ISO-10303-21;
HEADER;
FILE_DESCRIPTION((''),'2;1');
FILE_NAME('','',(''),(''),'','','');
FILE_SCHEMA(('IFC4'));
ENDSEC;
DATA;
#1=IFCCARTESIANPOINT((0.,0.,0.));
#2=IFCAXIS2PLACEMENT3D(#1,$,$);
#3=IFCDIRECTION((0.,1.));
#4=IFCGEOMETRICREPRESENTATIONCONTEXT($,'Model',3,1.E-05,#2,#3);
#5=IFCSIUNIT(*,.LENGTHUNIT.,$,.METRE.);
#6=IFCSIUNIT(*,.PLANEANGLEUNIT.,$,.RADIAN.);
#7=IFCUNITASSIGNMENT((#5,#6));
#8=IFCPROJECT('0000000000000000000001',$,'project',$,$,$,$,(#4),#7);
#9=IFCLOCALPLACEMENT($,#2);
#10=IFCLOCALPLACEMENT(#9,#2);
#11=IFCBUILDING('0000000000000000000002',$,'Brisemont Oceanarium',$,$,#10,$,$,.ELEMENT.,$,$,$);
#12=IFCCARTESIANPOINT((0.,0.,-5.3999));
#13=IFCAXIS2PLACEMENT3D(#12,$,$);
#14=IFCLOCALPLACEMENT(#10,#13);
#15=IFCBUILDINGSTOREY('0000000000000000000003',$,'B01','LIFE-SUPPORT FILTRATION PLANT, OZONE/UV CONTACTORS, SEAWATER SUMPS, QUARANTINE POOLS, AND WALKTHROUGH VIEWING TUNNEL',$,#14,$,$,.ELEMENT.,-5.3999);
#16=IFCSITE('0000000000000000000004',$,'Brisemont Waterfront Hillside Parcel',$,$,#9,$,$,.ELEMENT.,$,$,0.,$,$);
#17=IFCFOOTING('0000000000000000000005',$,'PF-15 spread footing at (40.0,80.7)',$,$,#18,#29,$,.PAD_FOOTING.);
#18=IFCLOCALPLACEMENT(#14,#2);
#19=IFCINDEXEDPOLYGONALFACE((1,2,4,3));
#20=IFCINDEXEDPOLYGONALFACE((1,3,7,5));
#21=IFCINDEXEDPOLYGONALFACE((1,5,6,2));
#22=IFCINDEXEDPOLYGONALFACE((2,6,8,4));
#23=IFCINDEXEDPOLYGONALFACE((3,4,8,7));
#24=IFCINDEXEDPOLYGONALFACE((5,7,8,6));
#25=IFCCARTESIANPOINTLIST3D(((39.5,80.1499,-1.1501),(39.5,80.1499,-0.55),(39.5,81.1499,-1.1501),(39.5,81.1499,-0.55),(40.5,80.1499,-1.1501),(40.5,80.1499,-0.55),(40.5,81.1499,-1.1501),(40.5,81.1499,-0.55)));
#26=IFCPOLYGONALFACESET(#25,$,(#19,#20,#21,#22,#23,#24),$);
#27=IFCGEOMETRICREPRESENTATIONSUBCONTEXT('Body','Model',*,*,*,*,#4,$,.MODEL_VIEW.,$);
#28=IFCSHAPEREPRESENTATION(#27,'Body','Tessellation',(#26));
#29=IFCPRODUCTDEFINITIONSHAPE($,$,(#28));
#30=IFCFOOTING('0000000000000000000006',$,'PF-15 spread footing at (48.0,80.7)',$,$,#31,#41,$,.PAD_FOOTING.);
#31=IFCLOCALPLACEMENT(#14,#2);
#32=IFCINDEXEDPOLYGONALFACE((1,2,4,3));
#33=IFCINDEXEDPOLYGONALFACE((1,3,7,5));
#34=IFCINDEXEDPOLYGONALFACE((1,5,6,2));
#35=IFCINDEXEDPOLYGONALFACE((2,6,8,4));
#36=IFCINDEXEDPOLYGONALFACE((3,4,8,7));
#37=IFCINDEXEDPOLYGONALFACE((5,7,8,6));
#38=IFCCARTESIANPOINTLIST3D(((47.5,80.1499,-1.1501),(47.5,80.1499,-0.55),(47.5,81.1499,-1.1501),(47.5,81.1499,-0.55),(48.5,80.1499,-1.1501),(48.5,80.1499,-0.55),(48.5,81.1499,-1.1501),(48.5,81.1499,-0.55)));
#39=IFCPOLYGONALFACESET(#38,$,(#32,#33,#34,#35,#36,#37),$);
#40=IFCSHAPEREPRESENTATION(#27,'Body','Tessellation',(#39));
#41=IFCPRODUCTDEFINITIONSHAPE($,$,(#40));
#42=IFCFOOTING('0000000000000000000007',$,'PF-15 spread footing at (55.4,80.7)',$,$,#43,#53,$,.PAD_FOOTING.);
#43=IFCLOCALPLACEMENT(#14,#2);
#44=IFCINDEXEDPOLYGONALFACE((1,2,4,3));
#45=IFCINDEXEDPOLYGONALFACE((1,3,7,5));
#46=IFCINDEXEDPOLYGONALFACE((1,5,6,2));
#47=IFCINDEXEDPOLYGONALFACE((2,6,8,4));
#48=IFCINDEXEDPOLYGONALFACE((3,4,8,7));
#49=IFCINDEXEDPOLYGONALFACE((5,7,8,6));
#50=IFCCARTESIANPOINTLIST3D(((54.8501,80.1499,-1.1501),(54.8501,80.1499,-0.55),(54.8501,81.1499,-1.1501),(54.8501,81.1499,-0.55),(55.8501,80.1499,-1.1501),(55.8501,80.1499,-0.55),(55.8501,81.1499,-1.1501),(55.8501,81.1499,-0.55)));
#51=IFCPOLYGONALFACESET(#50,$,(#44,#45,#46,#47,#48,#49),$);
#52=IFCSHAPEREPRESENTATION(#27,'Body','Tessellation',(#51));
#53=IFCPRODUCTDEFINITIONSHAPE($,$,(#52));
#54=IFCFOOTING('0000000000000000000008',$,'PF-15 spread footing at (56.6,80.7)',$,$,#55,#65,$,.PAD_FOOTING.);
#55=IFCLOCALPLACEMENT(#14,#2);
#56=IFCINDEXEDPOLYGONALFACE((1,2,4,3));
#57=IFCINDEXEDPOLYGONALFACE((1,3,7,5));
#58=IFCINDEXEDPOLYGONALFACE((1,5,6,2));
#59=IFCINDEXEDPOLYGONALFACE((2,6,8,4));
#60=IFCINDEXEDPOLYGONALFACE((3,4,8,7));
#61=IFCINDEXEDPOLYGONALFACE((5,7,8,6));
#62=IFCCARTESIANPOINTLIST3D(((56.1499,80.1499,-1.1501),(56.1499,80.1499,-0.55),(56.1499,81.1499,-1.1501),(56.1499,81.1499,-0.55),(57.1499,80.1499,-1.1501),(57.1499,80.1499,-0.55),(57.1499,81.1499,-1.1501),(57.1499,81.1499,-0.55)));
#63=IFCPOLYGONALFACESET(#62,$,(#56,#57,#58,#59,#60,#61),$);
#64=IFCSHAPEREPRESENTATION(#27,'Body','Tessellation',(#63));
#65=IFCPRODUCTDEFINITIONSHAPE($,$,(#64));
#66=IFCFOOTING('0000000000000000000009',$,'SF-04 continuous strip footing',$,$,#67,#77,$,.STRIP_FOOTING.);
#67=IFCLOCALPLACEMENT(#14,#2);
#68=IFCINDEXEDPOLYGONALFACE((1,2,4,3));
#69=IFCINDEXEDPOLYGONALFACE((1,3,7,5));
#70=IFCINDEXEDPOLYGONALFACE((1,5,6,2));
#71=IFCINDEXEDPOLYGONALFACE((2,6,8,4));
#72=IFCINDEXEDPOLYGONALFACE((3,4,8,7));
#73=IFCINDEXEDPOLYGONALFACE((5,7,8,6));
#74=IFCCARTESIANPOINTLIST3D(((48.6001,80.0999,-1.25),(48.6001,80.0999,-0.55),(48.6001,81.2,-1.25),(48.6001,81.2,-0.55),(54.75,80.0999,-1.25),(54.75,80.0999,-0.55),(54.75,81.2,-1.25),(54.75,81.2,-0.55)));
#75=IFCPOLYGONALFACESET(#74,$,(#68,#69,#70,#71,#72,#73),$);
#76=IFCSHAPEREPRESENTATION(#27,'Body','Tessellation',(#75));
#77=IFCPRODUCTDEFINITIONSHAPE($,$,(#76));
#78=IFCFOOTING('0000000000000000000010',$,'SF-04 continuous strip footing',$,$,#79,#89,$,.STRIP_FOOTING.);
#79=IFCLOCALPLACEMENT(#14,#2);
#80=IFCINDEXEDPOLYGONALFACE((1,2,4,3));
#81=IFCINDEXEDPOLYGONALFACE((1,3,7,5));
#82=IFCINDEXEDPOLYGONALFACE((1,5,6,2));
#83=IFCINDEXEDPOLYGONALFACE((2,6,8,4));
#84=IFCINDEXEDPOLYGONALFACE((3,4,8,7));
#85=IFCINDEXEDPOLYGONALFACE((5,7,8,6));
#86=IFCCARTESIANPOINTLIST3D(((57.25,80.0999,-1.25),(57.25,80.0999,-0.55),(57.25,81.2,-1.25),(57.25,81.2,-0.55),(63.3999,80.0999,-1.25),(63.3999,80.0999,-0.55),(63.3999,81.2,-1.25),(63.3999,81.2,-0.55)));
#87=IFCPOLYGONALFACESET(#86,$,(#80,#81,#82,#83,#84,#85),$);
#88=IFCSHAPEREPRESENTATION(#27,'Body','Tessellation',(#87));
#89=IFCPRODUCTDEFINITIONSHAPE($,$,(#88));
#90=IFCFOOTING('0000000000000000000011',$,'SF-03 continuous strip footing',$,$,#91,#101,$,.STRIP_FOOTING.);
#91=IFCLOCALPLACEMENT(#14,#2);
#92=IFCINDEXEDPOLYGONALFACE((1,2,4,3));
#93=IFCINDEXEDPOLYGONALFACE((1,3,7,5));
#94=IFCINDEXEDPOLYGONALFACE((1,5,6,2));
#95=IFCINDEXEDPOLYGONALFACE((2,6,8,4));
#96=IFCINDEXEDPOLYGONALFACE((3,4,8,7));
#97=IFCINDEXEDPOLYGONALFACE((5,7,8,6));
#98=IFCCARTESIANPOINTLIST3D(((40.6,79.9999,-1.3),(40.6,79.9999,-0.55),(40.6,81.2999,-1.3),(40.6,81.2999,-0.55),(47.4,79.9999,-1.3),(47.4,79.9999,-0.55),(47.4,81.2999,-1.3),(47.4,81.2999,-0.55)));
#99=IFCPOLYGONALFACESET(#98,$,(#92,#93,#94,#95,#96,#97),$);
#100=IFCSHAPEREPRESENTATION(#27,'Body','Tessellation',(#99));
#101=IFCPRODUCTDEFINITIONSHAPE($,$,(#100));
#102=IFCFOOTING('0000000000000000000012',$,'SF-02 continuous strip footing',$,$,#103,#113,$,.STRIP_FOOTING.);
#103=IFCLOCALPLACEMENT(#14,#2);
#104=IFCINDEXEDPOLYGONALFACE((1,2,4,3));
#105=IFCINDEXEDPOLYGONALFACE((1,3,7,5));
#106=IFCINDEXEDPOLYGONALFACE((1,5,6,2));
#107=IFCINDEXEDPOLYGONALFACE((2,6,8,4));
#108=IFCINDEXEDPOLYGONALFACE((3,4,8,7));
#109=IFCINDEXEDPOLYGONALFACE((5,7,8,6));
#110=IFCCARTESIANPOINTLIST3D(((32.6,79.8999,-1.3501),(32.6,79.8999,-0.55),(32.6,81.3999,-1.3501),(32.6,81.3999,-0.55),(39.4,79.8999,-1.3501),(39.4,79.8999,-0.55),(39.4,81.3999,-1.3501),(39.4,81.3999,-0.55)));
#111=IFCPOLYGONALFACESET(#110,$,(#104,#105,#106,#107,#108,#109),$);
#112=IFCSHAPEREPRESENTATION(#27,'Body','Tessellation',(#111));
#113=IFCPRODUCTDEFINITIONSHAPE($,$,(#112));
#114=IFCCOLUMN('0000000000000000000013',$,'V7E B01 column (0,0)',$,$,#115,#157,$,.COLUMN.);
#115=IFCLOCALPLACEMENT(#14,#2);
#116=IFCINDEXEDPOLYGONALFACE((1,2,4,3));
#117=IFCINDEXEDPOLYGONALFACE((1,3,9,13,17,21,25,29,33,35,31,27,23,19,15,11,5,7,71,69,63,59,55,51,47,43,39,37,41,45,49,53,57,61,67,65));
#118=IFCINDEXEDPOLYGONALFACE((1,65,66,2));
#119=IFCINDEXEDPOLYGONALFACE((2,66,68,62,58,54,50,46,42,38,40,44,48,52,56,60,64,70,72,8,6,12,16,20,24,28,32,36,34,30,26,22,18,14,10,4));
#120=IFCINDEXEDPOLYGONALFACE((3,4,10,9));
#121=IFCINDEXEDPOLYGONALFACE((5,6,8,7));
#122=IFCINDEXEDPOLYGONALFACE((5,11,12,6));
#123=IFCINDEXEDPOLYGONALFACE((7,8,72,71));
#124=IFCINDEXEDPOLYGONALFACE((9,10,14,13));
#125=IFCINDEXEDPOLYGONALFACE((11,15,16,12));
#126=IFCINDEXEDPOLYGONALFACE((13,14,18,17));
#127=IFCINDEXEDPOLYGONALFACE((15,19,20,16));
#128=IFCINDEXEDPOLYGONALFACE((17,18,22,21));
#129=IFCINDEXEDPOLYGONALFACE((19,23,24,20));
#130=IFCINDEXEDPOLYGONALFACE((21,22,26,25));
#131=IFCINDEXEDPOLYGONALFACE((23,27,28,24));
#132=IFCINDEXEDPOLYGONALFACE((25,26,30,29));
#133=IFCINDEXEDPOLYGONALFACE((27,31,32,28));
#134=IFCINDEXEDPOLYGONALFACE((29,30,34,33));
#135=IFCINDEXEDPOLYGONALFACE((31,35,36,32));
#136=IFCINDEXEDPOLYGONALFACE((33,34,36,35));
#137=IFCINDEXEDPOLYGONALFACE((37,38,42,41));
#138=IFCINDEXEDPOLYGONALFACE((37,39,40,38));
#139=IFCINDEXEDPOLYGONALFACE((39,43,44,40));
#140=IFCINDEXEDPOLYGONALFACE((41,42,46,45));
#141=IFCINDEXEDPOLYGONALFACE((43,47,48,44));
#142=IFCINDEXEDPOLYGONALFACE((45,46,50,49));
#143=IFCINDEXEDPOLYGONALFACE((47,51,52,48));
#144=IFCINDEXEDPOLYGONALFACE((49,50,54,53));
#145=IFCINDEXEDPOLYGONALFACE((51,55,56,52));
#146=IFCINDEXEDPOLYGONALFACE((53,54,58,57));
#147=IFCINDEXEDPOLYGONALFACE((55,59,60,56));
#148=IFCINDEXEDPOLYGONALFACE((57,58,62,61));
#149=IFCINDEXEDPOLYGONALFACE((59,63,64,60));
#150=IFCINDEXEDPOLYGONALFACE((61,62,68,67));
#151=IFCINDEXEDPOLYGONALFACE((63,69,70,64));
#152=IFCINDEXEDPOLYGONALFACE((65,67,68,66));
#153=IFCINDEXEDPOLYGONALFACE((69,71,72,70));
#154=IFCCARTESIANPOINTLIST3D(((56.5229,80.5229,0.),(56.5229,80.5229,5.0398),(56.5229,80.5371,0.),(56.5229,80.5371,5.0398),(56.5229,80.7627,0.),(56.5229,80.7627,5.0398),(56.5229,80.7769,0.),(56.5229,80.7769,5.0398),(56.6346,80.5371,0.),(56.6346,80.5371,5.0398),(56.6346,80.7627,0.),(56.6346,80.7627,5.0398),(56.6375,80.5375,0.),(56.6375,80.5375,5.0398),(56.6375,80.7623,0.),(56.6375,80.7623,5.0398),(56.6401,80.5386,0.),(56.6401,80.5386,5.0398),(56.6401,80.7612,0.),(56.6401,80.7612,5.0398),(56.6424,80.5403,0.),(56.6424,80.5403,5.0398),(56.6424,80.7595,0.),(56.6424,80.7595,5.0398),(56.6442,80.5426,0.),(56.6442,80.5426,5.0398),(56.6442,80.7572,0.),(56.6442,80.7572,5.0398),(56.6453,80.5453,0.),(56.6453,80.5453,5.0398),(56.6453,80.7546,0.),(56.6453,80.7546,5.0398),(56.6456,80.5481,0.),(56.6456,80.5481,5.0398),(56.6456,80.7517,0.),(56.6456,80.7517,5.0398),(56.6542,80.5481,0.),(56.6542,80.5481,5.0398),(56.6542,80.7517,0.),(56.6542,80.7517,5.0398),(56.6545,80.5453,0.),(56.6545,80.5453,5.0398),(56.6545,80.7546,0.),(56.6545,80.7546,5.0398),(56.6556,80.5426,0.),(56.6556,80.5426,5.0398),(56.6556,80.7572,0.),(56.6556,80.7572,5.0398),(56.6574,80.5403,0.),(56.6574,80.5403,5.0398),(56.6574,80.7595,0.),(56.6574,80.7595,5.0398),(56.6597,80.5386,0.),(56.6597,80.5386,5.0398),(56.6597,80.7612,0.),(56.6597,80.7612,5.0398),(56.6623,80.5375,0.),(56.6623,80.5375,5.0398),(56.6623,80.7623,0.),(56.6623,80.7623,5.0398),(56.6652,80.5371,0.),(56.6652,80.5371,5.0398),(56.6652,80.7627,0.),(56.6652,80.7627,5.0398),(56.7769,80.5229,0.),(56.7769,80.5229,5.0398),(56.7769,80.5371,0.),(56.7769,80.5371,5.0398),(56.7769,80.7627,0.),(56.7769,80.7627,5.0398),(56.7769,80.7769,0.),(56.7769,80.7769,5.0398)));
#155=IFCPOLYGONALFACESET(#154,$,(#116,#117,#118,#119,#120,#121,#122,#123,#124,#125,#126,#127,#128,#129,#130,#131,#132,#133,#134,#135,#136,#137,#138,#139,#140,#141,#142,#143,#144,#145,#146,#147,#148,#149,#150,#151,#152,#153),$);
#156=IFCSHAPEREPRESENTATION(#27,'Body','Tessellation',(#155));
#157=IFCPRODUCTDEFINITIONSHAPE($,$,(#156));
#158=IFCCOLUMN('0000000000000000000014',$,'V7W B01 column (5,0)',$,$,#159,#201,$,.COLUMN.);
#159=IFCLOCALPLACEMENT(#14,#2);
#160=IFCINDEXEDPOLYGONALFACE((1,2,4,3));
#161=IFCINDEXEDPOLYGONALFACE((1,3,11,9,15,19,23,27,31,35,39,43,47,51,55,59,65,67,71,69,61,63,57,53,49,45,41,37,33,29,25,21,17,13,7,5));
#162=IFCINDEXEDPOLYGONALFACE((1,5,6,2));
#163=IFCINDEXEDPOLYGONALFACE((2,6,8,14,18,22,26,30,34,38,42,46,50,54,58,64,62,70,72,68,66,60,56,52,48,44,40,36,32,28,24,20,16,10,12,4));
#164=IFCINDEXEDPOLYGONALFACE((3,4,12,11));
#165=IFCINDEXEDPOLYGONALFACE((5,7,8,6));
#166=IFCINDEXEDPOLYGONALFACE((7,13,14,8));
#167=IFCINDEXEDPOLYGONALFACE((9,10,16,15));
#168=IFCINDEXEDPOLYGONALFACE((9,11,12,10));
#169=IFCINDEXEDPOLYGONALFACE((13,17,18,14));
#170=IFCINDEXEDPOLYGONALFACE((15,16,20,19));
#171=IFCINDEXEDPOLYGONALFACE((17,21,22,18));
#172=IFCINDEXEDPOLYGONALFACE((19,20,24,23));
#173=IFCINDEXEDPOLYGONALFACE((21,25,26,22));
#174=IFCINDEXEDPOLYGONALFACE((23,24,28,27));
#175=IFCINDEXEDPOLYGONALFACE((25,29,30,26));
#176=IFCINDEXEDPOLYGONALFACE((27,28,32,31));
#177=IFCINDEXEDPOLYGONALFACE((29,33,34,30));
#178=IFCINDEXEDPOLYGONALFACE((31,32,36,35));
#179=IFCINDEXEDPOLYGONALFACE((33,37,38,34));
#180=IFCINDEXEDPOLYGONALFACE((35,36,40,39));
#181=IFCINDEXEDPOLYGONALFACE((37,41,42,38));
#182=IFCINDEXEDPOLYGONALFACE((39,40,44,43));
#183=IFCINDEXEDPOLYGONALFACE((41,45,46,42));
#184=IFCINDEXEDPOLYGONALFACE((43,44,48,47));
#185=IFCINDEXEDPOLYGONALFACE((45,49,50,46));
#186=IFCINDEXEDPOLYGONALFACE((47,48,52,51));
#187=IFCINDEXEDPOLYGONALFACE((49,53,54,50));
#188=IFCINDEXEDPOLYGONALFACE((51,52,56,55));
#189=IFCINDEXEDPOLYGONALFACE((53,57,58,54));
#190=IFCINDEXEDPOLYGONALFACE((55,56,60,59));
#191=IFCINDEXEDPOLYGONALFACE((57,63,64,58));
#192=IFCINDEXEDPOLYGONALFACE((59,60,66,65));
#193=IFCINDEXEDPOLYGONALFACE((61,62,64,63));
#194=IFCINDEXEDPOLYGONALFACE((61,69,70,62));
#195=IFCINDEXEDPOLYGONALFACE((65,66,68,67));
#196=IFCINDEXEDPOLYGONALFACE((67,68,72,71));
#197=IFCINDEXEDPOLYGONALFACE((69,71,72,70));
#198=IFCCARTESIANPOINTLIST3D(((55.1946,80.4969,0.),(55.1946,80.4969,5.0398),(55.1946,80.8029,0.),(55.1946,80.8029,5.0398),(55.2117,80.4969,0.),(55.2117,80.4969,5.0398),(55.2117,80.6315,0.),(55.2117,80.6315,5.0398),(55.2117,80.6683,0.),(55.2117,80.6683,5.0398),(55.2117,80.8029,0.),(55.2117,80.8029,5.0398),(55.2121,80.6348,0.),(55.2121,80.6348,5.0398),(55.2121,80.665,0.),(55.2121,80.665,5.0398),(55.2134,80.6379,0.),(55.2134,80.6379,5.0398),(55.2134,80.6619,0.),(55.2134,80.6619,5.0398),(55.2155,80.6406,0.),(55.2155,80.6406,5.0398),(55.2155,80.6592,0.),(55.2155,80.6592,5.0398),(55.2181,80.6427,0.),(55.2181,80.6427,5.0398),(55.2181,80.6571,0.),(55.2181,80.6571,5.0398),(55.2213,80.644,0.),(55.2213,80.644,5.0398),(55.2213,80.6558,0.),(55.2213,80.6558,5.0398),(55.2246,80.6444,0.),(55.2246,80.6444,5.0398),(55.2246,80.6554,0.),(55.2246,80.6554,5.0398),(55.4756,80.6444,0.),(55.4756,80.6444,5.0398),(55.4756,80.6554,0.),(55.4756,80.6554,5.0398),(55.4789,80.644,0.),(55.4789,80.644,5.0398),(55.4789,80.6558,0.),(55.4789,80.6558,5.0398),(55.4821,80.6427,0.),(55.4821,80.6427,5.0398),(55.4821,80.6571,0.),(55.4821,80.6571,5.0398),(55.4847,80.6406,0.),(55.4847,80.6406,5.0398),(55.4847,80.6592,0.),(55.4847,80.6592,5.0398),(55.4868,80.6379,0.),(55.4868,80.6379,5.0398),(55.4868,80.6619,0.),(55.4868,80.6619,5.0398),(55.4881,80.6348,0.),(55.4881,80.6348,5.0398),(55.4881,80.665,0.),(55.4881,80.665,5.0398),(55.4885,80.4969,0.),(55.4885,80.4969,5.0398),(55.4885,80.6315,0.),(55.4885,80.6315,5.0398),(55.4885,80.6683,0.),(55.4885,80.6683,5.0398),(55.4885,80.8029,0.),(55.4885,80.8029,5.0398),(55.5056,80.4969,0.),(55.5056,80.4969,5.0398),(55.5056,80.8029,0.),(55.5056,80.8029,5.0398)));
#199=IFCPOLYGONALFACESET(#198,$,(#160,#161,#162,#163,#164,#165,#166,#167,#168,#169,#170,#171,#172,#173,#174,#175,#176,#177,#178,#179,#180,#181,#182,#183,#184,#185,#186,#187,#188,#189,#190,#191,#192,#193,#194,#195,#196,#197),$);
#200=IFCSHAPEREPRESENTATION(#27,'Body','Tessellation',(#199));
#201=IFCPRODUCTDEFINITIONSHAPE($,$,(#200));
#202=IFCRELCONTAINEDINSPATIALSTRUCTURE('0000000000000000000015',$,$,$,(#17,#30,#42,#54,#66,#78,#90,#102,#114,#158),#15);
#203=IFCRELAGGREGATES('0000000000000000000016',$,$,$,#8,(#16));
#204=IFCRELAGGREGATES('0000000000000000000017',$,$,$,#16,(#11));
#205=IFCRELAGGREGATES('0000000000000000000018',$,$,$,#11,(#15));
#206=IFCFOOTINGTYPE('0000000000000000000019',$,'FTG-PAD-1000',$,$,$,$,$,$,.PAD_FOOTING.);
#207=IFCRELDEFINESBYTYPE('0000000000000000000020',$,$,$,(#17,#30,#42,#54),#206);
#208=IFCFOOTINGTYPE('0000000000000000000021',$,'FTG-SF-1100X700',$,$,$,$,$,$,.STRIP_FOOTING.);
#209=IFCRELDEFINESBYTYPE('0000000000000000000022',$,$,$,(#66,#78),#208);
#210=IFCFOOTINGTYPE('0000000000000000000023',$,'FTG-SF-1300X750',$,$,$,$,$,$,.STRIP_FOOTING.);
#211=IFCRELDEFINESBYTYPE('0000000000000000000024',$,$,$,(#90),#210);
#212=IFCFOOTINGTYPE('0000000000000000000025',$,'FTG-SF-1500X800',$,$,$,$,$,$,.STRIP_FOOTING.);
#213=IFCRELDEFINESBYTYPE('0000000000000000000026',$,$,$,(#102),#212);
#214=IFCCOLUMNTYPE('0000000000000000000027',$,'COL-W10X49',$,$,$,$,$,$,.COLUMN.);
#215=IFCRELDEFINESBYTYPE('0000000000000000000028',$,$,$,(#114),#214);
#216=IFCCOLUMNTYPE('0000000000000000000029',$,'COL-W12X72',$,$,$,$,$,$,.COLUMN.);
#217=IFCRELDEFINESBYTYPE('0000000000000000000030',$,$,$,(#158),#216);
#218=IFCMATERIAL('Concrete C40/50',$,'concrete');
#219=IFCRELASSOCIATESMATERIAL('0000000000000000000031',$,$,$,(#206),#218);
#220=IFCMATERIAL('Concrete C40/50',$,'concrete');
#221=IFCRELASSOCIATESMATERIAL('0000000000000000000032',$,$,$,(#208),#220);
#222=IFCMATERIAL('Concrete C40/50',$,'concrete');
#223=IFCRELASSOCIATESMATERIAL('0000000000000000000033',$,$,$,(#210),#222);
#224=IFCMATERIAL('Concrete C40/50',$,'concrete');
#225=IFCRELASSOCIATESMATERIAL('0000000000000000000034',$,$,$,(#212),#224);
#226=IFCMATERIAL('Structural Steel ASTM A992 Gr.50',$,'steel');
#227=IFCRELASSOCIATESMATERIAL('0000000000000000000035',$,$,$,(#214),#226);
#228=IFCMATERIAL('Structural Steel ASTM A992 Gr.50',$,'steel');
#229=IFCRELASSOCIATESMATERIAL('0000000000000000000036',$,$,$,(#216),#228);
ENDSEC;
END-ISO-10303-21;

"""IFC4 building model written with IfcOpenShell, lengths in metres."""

from ifc_helpers import new_model, si_unit, direction, frame, origin, origin_2d, place, context, subcontext, project, spatial, rectangle, i_section, extrude, material, material_profile, profile_set, type_object, element, save


model = new_model("IFC4")

# Units and contexts
model_context = context("Model", 3, precision=1e-05, world=origin(), true_north=direction((0.0, 1.0)))
body_context = subcontext(model_context, "Body", "Model", "MODEL_VIEW")
ifc_project = project(units=[si_unit("LENGTHUNIT", "METRE"), si_unit("PLANEANGLEUNIT", "RADIAN")], contexts=[model_context])

# Site, building, storey
site_placement = place(None, origin())
site = spatial("IfcSite", under=ifc_project, at=site_placement, Name="Brisemont Waterfront Hillside Parcel", CompositionType="ELEMENT", RefElevation=0.0)
building_placement = place(site_placement, origin())
building = spatial("IfcBuilding", under=site, at=building_placement, Name="Brisemont Oceanarium", CompositionType="ELEMENT")
storey_placement = place(building_placement, frame((0.0, 0.0, -5.3999)))
storey = spatial("IfcBuildingStorey", under=building, at=storey_placement, Name="B01", Description="LIFE-SUPPORT FILTRATION PLANT, OZONE/UV CONTACTORS, SEAWATER SUMPS, QUARANTINE POOLS, AND WALKTHROUGH VIEWING TUNNEL", CompositionType="ELEMENT", Elevation=-5.3999)

# Footings
ifc_material_1 = material(Name="Concrete C40/50", Category="concrete")
footing_type_1 = type_object("IfcFootingType", Name="FTG-PAD-1000", PredefinedType="PAD_FOOTING", material=ifc_material_1)
for number, where, z_axis, x_axis, name in (
    (1, (40.0, 80.6499, -1.1501), (0.0, 0.0, 1.0), (1.0, 0.0, 0.0), "PF-15 spread footing at (40.0,80.7)"),
    (2, (48.0, 80.6499, -1.1501), (0.0, 0.0, 1.0), (1.0, 0.0, 0.0), "PF-15 spread footing at (48.0,80.7)"),
    (3, (55.3501, 80.6499, -1.1501), (0.0, 0.0, 1.0), (1.0, 0.0, 0.0), "PF-15 spread footing at (55.4,80.7)"),
    (4, (56.6499, 80.6499, -1.1501), (0.0, 0.0, 1.0), (1.0, 0.0, 0.0), "PF-15 spread footing at (56.6,80.7)"),
):
    element("IfcFooting", number, at=place(storey_placement, frame(where, z_axis=z_axis, x_axis=x_axis)), inside=storey, type_object=footing_type_1, Name=name, PredefinedType="PAD_FOOTING", context=body_context, shape_type="SweptSolid", body=[
        extrude(rectangle(XDim=1.0, YDim=1.0, at=origin_2d()), origin(), (0.0, 0.0, 1.0), 0.6001),
    ])
ifc_material_2 = material(Name="Concrete C40/50", Category="concrete")
footing_type_2 = type_object("IfcFootingType", Name="FTG-SF-1100X700", PredefinedType="STRIP_FOOTING", material=ifc_material_2)
for number, where, z_axis, x_axis, name in (
    (5, (51.675, 80.6499, -1.25), (0.0, 0.0, 1.0), (1.0, 0.0, 0.0), "SF-04 continuous strip footing"),
    (6, (60.325, 80.6499, -1.25), (0.0, 0.0, 1.0), (1.0, 0.0, 0.0), "SF-04 continuous strip footing"),
):
    element("IfcFooting", number, at=place(storey_placement, frame(where, z_axis=z_axis, x_axis=x_axis)), inside=storey, type_object=footing_type_2, Name=name, PredefinedType="STRIP_FOOTING", context=body_context, shape_type="SweptSolid", body=[
        extrude(rectangle(XDim=6.1499, YDim=1.1001, at=origin_2d()), origin(), (0.0, 0.0, 1.0), 0.7),
    ])
ifc_material_3 = material(Name="Concrete C40/50", Category="concrete")
footing_type_3 = type_object("IfcFootingType", Name="FTG-SF-1300X750", PredefinedType="STRIP_FOOTING", material=ifc_material_3)
footing_1_placement = place(storey_placement, frame((44.0, 80.6499, -1.3), z_axis=(0.0, 0.0, 1.0), x_axis=(1.0, 0.0, 0.0)))
element("IfcFooting", 7, at=footing_1_placement, inside=storey, type_object=footing_type_3, Name="SF-03 continuous strip footing", PredefinedType="STRIP_FOOTING", context=body_context, shape_type="SweptSolid", body=[
    extrude(rectangle(XDim=6.8, YDim=1.3, at=origin_2d()), origin(), (0.0, 0.0, 1.0), 0.75),
])
ifc_material_4 = material(Name="Concrete C40/50", Category="concrete")
footing_type_4 = type_object("IfcFootingType", Name="FTG-SF-1500X800", PredefinedType="STRIP_FOOTING", material=ifc_material_4)
footing_2_placement = place(storey_placement, frame((36.0, 80.6499, -1.3501), z_axis=(0.0, 0.0, 1.0), x_axis=(1.0, 0.0, 0.0)))
element("IfcFooting", 8, at=footing_2_placement, inside=storey, type_object=footing_type_4, Name="SF-02 continuous strip footing", PredefinedType="STRIP_FOOTING", context=body_context, shape_type="SweptSolid", body=[
    extrude(rectangle(XDim=6.8, YDim=1.5, at=origin_2d()), origin(), (0.0, 0.0, 1.0), 0.8),
])

# Columns
ifc_material_5 = material(Name="Structural Steel ASTM A992 Gr.50", Category="steel")
ifc_material_profile_1 = material_profile(ifc_material_5, i_section(OverallWidth=0.2539, OverallDepth=0.2539, WebThickness=0.0085, FlangeThickness=0.0142, FilletRadius=0.011, at=origin_2d()), Name="W10X49")
ifc_profile_set_1 = profile_set([ifc_material_profile_1], Name="Structural Steel ASTM A992 Gr.50")
column_type_1 = type_object("IfcColumnType", Name="COL-W10X49", PredefinedType="COLUMN", material=ifc_profile_set_1)
column_1_placement = place(storey_placement, frame((56.6499, 80.6499, 0.0), z_axis=(0.0, 0.0, 1.0), x_axis=(1.0, 0.0, 0.0)))
element("IfcColumn", 9, at=column_1_placement, inside=storey, type_object=column_type_1, Name="V7E B01 column (0,0)", PredefinedType="COLUMN", context=body_context, shape_type="SweptSolid", body=[
    extrude(i_section(OverallWidth=0.2539, OverallDepth=0.2539, WebThickness=0.0085, FlangeThickness=0.0142, FilletRadius=0.011, at=origin_2d()), origin(), (0.0, 0.0, 1.0), 5.0398),
])
ifc_material_6 = material(Name="Structural Steel ASTM A992 Gr.50", Category="steel")
ifc_material_profile_2 = material_profile(ifc_material_6, i_section(OverallWidth=0.3059, OverallDepth=0.311, WebThickness=0.011, FlangeThickness=0.0171, FilletRadius=0.0129, at=origin_2d()), Name="W12X72")
ifc_profile_set_2 = profile_set([ifc_material_profile_2], Name="Structural Steel ASTM A992 Gr.50")
column_type_2 = type_object("IfcColumnType", Name="COL-W12X72", PredefinedType="COLUMN", material=ifc_profile_set_2)
column_2_placement = place(storey_placement, frame((55.3501, 80.6499, 0.0), z_axis=(0.0, 0.0, 1.0), x_axis=(0.0, 1.0, 0.0)))
element("IfcColumn", 10, at=column_2_placement, inside=storey, type_object=column_type_2, Name="V7W B01 column (5,0)", PredefinedType="COLUMN", context=body_context, shape_type="SweptSolid", body=[
    extrude(i_section(OverallWidth=0.3059, OverallDepth=0.311, WebThickness=0.011, FlangeThickness=0.0171, FilletRadius=0.0129, at=origin_2d()), origin(), (0.0, 0.0, 1.0), 5.0398),
])

save(model, "model.ifc")
